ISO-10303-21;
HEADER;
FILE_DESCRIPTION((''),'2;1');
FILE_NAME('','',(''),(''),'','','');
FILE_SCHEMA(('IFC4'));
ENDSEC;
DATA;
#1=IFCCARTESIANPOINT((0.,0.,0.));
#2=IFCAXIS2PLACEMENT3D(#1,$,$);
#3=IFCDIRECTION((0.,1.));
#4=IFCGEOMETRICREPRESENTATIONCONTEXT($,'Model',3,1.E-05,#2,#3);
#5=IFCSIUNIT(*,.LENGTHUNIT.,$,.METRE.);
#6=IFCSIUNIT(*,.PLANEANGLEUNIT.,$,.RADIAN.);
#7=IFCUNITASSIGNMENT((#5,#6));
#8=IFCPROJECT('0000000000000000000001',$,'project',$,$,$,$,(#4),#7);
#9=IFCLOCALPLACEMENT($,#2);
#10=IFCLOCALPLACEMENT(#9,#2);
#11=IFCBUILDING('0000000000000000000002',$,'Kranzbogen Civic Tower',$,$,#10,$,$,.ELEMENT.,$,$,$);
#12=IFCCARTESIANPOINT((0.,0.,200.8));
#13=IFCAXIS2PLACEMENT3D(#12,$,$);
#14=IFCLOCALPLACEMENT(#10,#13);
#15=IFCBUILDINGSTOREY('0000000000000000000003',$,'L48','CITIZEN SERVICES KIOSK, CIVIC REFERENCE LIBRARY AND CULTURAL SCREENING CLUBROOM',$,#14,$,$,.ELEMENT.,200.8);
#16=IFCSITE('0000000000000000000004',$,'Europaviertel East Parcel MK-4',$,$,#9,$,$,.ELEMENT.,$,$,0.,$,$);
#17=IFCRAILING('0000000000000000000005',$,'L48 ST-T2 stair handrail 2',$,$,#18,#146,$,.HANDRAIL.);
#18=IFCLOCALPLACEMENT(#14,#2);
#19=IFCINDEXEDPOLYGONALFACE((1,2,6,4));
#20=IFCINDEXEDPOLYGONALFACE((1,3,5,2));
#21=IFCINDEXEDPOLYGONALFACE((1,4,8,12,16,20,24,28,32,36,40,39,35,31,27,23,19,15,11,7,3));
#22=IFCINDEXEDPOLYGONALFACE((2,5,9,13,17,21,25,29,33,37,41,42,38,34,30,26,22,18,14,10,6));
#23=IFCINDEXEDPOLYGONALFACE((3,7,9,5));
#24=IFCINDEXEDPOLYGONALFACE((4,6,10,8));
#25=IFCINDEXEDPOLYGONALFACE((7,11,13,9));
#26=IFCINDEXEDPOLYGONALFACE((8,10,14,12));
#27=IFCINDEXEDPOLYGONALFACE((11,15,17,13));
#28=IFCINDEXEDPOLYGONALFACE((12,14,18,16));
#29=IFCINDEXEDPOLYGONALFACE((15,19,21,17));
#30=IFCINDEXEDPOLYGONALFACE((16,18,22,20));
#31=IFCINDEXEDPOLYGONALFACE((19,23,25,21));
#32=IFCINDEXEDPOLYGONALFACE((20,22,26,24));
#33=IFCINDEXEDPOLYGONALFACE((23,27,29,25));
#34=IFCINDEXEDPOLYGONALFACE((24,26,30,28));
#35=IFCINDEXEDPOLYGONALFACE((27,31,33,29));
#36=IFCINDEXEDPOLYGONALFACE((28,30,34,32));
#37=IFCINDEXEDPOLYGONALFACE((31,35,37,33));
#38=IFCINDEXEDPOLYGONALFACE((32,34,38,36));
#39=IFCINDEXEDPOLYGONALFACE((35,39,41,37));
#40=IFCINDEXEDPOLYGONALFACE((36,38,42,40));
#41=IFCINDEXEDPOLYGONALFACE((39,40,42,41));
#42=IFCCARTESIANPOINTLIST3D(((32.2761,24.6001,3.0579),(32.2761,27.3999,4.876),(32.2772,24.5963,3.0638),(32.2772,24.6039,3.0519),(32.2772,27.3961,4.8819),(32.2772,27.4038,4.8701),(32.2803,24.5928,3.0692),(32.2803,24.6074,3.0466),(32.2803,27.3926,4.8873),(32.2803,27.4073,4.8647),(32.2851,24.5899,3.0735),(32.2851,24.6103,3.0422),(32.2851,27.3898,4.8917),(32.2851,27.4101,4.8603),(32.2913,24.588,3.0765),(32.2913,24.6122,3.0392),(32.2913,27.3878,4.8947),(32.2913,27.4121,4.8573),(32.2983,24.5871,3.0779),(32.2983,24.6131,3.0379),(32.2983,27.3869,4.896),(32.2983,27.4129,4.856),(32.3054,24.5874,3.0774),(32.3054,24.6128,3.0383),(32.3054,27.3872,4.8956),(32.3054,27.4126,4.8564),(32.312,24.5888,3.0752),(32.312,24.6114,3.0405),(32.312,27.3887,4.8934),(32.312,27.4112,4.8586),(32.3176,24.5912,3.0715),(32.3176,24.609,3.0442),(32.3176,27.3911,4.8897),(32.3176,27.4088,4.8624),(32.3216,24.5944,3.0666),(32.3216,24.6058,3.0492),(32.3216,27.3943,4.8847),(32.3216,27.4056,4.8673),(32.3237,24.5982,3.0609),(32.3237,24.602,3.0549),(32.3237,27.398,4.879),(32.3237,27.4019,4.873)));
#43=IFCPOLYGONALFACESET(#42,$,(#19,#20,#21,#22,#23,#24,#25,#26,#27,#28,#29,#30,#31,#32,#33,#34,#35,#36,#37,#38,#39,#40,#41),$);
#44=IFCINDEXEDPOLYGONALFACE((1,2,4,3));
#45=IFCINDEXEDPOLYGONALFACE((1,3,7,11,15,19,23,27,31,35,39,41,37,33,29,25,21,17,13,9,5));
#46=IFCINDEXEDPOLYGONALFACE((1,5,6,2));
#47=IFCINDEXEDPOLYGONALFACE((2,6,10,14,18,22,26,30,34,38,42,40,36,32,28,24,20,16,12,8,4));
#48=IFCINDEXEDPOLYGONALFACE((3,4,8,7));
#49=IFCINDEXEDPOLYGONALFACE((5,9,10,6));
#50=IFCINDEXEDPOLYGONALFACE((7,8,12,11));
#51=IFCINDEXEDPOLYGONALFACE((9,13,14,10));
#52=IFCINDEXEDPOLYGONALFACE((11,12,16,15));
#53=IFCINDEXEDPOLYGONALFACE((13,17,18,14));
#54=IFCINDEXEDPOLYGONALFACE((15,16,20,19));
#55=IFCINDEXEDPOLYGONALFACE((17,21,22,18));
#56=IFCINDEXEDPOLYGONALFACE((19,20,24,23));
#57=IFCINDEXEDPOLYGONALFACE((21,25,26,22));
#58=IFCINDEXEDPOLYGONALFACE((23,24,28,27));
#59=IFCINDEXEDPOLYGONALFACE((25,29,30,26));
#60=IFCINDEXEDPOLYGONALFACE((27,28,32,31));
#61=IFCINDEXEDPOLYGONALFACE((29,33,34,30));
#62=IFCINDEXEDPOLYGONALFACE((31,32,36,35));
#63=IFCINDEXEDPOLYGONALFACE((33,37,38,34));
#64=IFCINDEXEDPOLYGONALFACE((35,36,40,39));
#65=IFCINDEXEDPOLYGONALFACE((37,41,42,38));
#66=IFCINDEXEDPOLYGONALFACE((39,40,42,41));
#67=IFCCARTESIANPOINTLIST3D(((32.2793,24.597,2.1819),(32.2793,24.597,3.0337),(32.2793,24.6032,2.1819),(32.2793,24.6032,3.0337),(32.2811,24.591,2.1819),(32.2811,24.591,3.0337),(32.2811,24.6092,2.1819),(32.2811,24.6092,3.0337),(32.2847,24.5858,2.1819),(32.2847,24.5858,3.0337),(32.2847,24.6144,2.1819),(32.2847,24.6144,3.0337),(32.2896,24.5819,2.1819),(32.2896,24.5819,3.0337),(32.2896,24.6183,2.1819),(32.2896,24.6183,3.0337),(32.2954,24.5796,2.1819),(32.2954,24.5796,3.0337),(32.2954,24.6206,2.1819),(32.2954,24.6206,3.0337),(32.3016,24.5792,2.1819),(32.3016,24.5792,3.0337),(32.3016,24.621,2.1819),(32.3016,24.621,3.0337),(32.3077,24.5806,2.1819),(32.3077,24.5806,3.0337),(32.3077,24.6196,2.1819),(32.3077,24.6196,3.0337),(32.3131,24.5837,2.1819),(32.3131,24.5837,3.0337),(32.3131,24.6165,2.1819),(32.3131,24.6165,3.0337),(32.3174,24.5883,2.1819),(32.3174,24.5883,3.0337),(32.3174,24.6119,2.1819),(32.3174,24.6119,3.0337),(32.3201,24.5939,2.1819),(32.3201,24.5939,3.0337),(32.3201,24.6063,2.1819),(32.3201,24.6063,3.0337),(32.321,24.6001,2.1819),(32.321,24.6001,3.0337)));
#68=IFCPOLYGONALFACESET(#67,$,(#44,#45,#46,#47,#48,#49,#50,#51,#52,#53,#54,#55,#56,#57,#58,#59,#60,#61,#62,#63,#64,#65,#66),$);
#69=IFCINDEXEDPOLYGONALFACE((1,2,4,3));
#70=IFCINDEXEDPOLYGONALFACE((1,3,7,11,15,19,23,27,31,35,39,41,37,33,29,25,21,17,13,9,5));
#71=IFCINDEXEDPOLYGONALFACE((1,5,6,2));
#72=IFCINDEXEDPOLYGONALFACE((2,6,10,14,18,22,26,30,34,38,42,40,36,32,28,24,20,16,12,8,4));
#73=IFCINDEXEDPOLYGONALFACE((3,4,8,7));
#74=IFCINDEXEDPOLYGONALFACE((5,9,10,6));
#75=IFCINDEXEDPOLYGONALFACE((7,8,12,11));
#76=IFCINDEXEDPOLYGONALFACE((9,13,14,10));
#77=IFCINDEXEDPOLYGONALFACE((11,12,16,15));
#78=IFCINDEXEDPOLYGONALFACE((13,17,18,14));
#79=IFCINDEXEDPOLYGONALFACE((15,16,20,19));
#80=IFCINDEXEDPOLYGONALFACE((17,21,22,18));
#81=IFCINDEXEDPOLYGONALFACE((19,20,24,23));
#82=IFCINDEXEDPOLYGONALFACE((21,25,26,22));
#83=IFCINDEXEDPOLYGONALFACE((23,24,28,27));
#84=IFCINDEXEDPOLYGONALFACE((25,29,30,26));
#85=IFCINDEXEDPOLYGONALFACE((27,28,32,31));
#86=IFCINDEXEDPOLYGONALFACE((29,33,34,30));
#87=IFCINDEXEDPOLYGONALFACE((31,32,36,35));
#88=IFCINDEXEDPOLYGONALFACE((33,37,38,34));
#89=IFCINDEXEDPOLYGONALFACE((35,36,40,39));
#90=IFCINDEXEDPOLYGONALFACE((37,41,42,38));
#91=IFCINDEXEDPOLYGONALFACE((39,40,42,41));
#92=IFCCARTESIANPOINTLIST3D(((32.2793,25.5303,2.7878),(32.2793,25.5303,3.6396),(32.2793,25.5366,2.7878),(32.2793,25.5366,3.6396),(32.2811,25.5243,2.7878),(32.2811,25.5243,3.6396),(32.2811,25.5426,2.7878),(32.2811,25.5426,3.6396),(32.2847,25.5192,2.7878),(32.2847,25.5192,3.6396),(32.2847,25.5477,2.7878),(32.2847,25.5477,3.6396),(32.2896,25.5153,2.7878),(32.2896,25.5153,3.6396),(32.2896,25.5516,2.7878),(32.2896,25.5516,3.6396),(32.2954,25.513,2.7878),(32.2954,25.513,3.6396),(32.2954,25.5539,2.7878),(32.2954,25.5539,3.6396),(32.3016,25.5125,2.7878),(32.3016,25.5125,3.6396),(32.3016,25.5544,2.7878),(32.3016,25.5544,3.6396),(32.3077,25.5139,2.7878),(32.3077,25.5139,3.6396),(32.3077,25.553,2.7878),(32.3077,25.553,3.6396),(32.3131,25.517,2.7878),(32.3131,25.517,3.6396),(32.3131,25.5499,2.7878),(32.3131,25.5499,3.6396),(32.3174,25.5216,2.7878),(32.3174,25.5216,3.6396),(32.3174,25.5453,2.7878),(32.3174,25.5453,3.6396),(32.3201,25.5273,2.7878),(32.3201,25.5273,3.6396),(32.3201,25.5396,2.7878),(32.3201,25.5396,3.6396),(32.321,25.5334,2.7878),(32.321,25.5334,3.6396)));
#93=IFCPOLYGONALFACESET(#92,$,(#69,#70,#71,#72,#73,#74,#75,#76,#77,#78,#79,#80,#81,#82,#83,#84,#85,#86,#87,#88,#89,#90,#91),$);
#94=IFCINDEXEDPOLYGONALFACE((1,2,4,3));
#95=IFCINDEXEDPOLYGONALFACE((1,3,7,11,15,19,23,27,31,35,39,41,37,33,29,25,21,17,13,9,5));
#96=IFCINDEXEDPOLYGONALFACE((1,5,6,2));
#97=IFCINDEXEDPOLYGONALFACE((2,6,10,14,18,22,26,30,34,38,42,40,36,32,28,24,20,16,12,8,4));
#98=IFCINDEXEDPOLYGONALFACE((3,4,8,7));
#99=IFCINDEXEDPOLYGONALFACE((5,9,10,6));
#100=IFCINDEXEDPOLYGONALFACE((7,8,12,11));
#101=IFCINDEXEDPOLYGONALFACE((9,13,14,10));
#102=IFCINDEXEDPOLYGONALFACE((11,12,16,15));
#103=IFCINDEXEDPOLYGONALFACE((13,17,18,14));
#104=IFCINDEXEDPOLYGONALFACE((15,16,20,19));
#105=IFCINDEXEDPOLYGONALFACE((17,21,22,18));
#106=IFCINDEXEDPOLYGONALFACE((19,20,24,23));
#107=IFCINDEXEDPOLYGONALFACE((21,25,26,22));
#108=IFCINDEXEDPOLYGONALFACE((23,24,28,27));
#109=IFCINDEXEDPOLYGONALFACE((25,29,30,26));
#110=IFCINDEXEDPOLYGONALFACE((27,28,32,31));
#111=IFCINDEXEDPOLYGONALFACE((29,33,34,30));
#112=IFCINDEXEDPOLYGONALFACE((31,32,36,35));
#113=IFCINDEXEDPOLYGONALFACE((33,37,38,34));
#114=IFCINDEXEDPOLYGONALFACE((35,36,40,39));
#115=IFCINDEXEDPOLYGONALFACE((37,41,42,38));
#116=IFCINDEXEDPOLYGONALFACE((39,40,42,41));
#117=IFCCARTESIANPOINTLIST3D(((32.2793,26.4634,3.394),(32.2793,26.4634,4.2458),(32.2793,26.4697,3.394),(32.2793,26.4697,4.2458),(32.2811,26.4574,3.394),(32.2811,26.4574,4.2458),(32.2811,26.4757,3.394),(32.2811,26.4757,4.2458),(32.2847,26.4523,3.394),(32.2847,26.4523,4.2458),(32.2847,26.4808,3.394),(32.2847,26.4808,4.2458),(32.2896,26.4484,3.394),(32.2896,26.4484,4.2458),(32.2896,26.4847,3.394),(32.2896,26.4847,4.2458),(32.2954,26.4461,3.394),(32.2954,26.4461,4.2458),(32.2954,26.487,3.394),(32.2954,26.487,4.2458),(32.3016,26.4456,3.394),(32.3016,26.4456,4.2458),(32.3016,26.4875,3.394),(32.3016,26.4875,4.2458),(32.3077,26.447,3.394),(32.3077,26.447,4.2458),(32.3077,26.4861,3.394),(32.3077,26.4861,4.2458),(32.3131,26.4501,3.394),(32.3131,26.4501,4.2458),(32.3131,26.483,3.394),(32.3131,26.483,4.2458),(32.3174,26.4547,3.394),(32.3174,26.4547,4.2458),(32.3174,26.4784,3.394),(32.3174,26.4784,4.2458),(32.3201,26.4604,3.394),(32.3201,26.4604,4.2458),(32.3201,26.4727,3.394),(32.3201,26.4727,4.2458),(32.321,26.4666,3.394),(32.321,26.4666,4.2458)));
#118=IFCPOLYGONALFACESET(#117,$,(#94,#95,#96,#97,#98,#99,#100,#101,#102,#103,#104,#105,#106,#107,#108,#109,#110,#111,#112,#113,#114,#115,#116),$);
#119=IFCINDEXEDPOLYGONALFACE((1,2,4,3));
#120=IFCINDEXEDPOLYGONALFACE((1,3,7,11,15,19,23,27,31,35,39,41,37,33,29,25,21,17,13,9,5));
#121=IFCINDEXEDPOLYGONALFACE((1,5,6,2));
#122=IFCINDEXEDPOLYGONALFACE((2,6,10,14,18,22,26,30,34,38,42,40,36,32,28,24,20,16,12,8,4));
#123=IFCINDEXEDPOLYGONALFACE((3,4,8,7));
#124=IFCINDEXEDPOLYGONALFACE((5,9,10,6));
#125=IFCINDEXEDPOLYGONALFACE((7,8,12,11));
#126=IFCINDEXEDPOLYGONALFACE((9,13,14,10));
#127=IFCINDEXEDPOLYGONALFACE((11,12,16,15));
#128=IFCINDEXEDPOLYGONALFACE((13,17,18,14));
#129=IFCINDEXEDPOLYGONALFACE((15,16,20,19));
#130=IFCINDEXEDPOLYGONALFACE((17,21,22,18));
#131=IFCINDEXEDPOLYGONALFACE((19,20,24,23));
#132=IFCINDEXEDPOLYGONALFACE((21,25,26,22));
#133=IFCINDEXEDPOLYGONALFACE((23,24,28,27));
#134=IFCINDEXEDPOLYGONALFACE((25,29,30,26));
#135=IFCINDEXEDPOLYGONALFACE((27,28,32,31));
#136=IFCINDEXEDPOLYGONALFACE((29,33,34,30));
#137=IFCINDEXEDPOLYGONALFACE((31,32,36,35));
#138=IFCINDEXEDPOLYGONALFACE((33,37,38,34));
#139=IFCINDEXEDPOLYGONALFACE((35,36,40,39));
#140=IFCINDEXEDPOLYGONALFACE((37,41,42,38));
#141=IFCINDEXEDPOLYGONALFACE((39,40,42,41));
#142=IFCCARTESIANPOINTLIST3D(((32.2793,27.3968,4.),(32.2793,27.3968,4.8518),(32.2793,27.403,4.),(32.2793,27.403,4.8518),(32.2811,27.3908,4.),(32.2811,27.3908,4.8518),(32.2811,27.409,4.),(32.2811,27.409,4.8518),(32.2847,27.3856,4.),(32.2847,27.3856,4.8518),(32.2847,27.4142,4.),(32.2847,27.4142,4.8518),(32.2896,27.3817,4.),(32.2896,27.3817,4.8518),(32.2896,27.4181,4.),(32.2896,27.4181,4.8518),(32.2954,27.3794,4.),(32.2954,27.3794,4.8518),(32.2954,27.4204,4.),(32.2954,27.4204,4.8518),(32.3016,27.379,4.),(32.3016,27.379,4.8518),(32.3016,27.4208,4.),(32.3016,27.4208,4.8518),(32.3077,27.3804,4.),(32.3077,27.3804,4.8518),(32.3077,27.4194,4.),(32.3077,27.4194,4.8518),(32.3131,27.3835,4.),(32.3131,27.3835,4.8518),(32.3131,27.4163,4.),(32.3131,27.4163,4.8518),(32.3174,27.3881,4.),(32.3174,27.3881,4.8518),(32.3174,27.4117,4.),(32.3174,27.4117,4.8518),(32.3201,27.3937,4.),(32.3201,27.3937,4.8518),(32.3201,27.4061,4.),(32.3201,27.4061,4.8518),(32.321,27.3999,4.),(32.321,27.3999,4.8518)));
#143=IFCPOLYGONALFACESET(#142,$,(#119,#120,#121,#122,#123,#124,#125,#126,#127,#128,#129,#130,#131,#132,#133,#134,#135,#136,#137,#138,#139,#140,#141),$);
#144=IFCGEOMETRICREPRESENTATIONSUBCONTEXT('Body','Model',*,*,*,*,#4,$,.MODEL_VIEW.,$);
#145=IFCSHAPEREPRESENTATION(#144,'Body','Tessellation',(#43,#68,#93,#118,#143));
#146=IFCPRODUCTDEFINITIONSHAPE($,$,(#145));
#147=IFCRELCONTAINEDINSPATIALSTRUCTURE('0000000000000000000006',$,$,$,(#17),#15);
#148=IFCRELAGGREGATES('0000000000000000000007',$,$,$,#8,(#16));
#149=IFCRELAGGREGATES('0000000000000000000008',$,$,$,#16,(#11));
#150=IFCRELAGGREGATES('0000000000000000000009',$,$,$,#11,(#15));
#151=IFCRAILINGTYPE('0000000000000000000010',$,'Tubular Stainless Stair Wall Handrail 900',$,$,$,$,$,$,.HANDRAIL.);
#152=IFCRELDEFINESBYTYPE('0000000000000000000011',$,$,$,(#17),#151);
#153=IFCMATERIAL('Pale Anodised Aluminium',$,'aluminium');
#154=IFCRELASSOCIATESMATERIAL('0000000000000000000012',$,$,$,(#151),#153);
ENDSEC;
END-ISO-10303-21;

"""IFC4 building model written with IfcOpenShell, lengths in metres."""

from ifc_helpers import new_model, si_unit, direction, frame, origin, origin_2d, place, context, subcontext, project, spatial, circle, extrude, material, type_object, element, save


model = new_model("IFC4")

# Units and contexts
model_context = context("Model", 3, precision=1e-05, world=origin(), true_north=direction((0.0, 1.0)))
body_context = subcontext(model_context, "Body", "Model", "MODEL_VIEW")
ifc_project = project(units=[si_unit("LENGTHUNIT", "METRE"), si_unit("PLANEANGLEUNIT", "RADIAN")], contexts=[model_context])

# Site, building, storey
site_placement = place(None, origin())
site = spatial("IfcSite", under=ifc_project, at=site_placement, Name="Europaviertel East Parcel MK-4", CompositionType="ELEMENT", RefElevation=0.0)
building_placement = place(site_placement, origin())
building = spatial("IfcBuilding", under=site, at=building_placement, Name="Kranzbogen Civic Tower", CompositionType="ELEMENT")
storey_placement = place(building_placement, frame((0.0, 0.0, 200.8)))
storey = spatial("IfcBuildingStorey", under=building, at=storey_placement, Name="L48", Description="CITIZEN SERVICES KIOSK, CIVIC REFERENCE LIBRARY AND CULTURAL SCREENING CLUBROOM", CompositionType="ELEMENT", Elevation=200.8)

# Shared definitions
ifc_material_1 = material(Name="Pale Anodised Aluminium", Category="aluminium")

# Railing
railing_type_1 = type_object("IfcRailingType", Name="Tubular Stainless Stair Wall Handrail 900", PredefinedType="HANDRAIL", material=ifc_material_1)
railing_1_placement = place(storey_placement, frame((32.3, 24.6001, 2.1819)))
element("IfcRailing", 1, at=railing_1_placement, inside=storey, type_object=railing_type_1, Name="L48 ST-T2 stair handrail 2", PredefinedType="HANDRAIL", context=body_context, shape_type="SweptSolid", body=[
    extrude(circle(Radius=0.0239, at=origin_2d()), frame((0.0, 0.0, 0.876), z_axis=(0.0, 0.838684, 0.544618), x_axis=(-1.0, 0.0, 0.0)), (0.0, 0.0, 1.0), 3.3384),
    extrude(circle(Radius=0.021, at=origin_2d()), origin(), (0.0, 0.0, 1.0), 0.8518),
    extrude(circle(Radius=0.021, at=origin_2d()), frame((0.0, 0.9333, 0.606)), (0.0, 0.0, 1.0), 0.8518),
    extrude(circle(Radius=0.021, at=origin_2d()), frame((0.0, 1.8665, 1.2122)), (0.0, 0.0, 1.0), 0.8518),
    extrude(circle(Radius=0.021, at=origin_2d()), frame((0.0, 2.7998, 1.8181)), (0.0, 0.0, 1.0), 0.8518),
])

save(model, "model.ifc")
